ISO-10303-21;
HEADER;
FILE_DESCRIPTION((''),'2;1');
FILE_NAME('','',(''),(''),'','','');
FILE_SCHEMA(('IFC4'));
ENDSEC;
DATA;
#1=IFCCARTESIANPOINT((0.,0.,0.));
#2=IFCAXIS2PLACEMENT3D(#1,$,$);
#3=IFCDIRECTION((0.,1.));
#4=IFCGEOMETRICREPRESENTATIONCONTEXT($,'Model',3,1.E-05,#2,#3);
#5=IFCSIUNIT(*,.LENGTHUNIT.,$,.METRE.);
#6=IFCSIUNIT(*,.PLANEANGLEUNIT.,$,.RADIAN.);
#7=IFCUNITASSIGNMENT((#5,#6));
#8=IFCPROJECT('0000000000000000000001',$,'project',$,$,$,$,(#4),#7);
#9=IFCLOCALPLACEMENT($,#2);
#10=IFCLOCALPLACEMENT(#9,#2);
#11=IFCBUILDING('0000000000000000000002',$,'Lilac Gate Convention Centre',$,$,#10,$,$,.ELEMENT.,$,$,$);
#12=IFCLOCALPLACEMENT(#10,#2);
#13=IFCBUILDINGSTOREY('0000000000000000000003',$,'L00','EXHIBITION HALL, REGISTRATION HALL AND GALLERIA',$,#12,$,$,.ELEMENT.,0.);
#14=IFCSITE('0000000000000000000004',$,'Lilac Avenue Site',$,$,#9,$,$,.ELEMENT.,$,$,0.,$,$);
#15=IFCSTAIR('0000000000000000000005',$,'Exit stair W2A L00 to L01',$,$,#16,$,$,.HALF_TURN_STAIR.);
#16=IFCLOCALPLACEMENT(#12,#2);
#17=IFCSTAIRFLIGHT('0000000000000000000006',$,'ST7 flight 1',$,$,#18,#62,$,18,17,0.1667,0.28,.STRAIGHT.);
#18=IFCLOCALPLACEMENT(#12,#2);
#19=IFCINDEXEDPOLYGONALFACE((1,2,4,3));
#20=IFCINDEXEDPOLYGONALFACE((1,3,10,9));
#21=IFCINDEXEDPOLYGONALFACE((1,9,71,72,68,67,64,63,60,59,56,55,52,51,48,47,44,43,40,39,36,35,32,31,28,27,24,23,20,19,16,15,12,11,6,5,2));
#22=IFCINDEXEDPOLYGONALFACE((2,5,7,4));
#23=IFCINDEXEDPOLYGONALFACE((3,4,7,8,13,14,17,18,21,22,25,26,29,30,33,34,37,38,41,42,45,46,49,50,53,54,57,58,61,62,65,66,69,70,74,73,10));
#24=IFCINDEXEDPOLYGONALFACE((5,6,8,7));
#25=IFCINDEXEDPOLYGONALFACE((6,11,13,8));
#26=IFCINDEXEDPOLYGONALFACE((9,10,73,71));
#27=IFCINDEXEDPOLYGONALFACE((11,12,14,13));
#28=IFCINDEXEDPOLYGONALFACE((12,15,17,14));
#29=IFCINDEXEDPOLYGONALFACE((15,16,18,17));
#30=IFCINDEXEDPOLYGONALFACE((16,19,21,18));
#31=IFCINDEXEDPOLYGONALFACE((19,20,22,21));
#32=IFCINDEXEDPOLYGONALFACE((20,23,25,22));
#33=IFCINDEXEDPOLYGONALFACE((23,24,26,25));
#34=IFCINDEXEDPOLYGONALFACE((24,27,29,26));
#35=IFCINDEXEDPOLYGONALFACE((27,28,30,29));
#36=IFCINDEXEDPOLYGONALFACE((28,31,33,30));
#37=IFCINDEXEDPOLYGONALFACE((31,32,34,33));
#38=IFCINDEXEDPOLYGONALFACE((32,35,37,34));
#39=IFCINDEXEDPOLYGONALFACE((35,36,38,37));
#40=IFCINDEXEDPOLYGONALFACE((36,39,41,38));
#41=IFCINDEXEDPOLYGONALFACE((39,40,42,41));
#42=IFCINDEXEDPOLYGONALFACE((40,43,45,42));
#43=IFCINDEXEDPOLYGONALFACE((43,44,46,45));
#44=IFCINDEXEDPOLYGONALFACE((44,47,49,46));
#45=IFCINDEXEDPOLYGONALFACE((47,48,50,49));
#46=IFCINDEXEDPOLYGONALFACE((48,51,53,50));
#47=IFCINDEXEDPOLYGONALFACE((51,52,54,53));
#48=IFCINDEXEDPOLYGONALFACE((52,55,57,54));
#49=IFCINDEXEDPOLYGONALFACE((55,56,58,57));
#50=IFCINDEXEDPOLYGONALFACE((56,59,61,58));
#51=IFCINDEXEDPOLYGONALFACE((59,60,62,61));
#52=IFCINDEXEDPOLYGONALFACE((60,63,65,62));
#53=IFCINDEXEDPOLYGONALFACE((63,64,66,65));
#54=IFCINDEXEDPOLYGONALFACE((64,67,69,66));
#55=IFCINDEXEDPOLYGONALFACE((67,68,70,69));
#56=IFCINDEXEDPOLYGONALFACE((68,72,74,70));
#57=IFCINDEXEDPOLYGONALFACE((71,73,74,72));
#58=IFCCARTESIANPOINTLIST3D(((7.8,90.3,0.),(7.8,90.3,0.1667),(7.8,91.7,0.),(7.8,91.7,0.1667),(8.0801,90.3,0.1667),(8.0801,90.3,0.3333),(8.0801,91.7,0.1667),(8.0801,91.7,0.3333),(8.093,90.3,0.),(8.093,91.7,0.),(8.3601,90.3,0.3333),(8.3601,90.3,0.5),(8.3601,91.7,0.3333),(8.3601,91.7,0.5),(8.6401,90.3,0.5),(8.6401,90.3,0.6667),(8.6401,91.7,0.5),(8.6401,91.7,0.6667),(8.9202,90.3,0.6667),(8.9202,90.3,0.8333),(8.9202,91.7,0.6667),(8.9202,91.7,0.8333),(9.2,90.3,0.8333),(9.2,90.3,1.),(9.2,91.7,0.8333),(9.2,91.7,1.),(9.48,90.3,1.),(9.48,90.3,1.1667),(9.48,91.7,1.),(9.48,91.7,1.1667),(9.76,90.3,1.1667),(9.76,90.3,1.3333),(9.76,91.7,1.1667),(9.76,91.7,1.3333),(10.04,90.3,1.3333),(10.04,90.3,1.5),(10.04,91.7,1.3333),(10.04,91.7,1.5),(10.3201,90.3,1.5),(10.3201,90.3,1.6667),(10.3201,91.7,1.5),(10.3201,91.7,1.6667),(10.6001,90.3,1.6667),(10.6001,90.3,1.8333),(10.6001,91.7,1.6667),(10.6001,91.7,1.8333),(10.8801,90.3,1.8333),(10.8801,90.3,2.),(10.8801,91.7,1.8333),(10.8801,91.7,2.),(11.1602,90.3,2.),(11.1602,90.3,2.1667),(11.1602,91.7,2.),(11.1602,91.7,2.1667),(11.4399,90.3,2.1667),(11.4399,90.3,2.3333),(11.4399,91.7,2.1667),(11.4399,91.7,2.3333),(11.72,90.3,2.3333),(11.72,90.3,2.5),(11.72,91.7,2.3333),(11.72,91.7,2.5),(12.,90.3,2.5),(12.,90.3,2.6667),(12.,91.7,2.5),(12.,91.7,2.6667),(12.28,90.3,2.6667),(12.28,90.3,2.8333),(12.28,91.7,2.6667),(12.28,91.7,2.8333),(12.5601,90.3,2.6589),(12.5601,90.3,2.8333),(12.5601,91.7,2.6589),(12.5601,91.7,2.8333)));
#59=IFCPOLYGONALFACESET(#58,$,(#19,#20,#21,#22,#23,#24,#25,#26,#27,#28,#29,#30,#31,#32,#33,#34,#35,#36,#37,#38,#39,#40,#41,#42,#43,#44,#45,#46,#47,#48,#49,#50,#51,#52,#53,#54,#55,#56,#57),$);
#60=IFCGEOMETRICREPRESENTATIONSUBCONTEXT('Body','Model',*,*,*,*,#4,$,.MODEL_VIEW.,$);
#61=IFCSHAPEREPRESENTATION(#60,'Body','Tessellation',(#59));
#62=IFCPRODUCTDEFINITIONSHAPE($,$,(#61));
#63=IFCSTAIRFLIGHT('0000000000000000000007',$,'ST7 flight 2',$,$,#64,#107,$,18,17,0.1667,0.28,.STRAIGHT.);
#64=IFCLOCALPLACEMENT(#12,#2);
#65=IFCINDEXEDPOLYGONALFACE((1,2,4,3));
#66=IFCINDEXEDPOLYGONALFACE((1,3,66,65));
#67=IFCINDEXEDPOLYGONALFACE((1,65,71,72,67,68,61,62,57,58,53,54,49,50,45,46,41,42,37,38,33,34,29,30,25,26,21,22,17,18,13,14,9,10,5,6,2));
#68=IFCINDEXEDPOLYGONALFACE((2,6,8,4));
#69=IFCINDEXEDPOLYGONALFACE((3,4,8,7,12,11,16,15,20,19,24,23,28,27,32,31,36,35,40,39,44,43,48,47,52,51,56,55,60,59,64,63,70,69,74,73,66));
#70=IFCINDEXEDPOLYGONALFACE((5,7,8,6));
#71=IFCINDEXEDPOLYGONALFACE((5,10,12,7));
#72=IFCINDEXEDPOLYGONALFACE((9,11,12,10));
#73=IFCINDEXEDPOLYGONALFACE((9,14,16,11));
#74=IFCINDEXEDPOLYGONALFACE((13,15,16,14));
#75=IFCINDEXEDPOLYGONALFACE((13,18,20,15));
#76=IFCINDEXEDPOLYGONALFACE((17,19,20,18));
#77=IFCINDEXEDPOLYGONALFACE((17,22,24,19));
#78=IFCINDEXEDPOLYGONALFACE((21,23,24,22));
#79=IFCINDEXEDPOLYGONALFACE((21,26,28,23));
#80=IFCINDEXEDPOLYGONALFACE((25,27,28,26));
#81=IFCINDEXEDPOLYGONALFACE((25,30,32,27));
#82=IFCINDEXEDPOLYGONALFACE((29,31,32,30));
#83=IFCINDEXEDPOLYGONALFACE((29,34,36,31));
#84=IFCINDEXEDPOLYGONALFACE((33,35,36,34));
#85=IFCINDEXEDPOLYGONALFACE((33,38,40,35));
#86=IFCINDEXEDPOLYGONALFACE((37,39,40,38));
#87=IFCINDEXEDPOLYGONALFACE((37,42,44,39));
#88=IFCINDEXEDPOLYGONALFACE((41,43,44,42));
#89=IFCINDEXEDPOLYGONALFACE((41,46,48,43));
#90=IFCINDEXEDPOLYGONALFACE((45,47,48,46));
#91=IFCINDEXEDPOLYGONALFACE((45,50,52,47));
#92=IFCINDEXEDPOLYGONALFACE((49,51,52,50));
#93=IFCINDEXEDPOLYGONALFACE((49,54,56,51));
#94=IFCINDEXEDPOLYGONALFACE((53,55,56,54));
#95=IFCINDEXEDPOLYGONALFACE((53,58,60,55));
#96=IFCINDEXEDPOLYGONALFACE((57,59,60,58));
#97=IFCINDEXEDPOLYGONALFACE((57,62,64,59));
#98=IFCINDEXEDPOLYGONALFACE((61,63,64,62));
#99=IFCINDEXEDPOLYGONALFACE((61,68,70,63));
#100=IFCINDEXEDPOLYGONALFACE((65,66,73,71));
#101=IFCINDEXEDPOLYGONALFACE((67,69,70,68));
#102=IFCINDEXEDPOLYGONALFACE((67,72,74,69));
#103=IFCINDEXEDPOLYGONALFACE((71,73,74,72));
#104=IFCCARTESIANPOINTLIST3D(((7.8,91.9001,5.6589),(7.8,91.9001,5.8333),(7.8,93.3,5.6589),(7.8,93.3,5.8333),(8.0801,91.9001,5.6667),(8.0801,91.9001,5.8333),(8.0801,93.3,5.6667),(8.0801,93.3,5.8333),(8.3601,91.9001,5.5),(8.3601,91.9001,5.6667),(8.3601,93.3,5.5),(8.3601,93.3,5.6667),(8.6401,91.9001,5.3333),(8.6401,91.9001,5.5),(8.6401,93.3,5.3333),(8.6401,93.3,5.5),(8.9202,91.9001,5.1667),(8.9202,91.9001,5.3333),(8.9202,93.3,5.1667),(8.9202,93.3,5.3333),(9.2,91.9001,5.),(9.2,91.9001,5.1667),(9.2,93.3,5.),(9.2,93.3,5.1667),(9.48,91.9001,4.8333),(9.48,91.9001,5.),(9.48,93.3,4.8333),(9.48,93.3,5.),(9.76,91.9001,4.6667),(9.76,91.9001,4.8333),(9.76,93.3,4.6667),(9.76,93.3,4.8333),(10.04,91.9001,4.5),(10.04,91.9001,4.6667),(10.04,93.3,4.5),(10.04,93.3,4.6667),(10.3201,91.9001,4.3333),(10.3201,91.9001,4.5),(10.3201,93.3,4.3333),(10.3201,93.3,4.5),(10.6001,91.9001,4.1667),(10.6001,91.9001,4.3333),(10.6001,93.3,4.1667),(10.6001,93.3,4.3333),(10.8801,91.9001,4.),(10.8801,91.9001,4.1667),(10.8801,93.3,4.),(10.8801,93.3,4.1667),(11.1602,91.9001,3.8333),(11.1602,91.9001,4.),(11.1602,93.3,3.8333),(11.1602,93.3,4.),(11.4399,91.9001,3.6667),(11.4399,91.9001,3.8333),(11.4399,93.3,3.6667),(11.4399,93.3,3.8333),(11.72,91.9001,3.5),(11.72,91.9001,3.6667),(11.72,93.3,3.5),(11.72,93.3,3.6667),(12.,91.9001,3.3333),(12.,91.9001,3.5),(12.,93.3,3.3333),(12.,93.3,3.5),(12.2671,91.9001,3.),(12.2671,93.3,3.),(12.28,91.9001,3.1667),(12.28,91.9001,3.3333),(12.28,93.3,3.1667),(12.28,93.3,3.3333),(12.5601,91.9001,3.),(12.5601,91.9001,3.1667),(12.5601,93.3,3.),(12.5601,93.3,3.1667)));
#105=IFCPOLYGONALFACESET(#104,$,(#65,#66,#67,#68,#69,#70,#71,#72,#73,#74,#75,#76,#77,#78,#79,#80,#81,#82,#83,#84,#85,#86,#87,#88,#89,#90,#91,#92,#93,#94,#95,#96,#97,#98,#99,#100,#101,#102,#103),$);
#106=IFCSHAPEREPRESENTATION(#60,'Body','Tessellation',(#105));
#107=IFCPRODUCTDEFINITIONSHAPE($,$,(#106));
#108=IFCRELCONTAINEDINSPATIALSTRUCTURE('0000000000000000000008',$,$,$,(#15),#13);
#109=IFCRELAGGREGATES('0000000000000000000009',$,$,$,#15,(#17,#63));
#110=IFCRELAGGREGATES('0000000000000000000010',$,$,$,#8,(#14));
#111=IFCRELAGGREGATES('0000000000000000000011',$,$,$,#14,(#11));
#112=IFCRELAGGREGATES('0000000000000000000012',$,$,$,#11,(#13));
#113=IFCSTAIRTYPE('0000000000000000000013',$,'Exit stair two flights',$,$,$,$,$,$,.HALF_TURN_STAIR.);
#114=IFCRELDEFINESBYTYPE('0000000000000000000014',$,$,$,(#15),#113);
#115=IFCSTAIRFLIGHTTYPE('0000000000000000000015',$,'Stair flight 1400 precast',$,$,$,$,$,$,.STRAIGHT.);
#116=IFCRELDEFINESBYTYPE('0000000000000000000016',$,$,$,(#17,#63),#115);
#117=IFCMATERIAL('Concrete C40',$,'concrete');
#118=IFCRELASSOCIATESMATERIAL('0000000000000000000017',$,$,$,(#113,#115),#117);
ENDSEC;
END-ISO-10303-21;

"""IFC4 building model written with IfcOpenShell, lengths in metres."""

from ifc_helpers import new_model, si_unit, direction, frame, origin, place, context, subcontext, project, spatial, polyline, outline, extrude, material, type_object, element, aggregate, save


model = new_model("IFC4")

# Units and contexts
model_context = context("Model", 3, precision=1e-05, world=origin(), true_north=direction((0.0, 1.0)))
body_context = subcontext(model_context, "Body", "Model", "MODEL_VIEW")
ifc_project = project(units=[si_unit("LENGTHUNIT", "METRE"), si_unit("PLANEANGLEUNIT", "RADIAN")], contexts=[model_context])

# Site, building, storey
site_placement = place(None, origin())
site = spatial("IfcSite", under=ifc_project, at=site_placement, Name="Lilac Avenue Site", CompositionType="ELEMENT", RefElevation=0.0)
building_placement = place(site_placement, origin())
building = spatial("IfcBuilding", under=site, at=building_placement, Name="Lilac Gate Convention Centre", CompositionType="ELEMENT")
storey_placement = place(building_placement, origin())
storey = spatial("IfcBuildingStorey", under=building, at=storey_placement, Name="L00", Description="EXHIBITION HALL, REGISTRATION HALL AND GALLERIA", CompositionType="ELEMENT", Elevation=0.0)

# Shared definitions
ifc_material_1 = material(Name="Concrete C40", Category="concrete")

# Stair, stair flights
stair_type = type_object("IfcStairType", Name="Exit stair two flights", PredefinedType="HALF_TURN_STAIR", material=ifc_material_1)
stair_placement = place(storey_placement, origin())
stair = element("IfcStair", 1, at=stair_placement, inside=storey, type_object=stair_type, Name="Exit stair W2A L00 to L01", PredefinedType="HALF_TURN_STAIR")
stair_flight_type = type_object("IfcStairFlightType", Name="Stair flight 1400 precast", PredefinedType="STRAIGHT", material=ifc_material_1)
stair_flight_1_placement = place(storey_placement, frame((7.8, 91.0, 0.0), z_axis=(0.0, 0.0, 1.0), x_axis=(1.0, 0.0, 0.0)))
stair_flight_1 = element("IfcStairFlight", 2, at=stair_flight_1_placement, type_object=stair_flight_type, Name="ST7 flight 1", NumberOfRisers=18, NumberOfTreads=17, PredefinedType="STRAIGHT", RiserHeight=0.1667, TreadLength=0.28, context=body_context, shape_type="SweptSolid", body=[
    extrude(outline(polyline([(0.0, 0.0), (0.0, 0.1667), (0.28, 0.1667), (0.28, 0.3333), (0.5601, 0.3333), (0.5601, 0.5), (0.8401, 0.5), (0.8401, 0.6667), (1.1201, 0.6667), (1.1201, 0.8333), (1.3999, 0.8333), (1.3999, 1.0), (1.6799, 1.0), (1.6799, 1.1667), (1.96, 1.1667), (1.96, 1.3333), (2.24, 1.3333), (2.24, 1.5), (2.52, 1.5), (2.52, 1.6667), (2.8, 1.6667), (2.8, 1.8333), (3.0801, 1.8333), (3.0801, 2.0), (3.3601, 2.0), (3.3601, 2.1667), (3.6399, 2.1667), (3.6399, 2.3333), (3.9199, 2.3333), (3.9199, 2.5), (4.2, 2.5), (4.2, 2.6667), (4.48, 2.6667), (4.48, 2.8333), (4.76, 2.8333), (4.76, 3.0), (4.76, 2.6589), (0.293, 0.0), (0.0, 0.0)])), frame((0.0, 0.7, 0.0), z_axis=(0.0, -1.0, 0.0), x_axis=(1.0, 0.0, 0.0)), (0.0, 0.0, 1.0), 1.3999),
])
stair_flight_2_placement = place(storey_placement, frame((12.5601, 92.6001, 3.0), z_axis=(0.0, 0.0, 1.0), x_axis=(-1.0, 0.0, 0.0)))
stair_flight_2 = element("IfcStairFlight", 3, at=stair_flight_2_placement, type_object=stair_flight_type, Name="ST7 flight 2", NumberOfRisers=18, NumberOfTreads=17, PredefinedType="STRAIGHT", RiserHeight=0.1667, TreadLength=0.28, context=body_context, shape_type="SweptSolid", body=[
    extrude(outline(polyline([(0.0, 0.0), (0.0, 0.1667), (0.28, 0.1667), (0.28, 0.3333), (0.5601, 0.3333), (0.5601, 0.5), (0.8401, 0.5), (0.8401, 0.6667), (1.1201, 0.6667), (1.1201, 0.8333), (1.3999, 0.8333), (1.3999, 1.0), (1.6799, 1.0), (1.6799, 1.1667), (1.96, 1.1667), (1.96, 1.3333), (2.24, 1.3333), (2.24, 1.5), (2.52, 1.5), (2.52, 1.6667), (2.8, 1.6667), (2.8, 1.8333), (3.0801, 1.8333), (3.0801, 2.0), (3.3601, 2.0), (3.3601, 2.1667), (3.6399, 2.1667), (3.6399, 2.3333), (3.9199, 2.3333), (3.9199, 2.5), (4.2, 2.5), (4.2, 2.6667), (4.48, 2.6667), (4.48, 2.8333), (4.76, 2.8333), (4.76, 3.0), (4.76, 2.6589), (0.293, 0.0), (0.0, 0.0)])), frame((0.0, 0.7, 0.0), z_axis=(0.0, -1.0, 0.0), x_axis=(1.0, 0.0, 0.0)), (0.0, 0.0, 1.0), 1.3999),
])
aggregate(stair, [stair_flight_1, stair_flight_2])

save(model, "model.ifc")
